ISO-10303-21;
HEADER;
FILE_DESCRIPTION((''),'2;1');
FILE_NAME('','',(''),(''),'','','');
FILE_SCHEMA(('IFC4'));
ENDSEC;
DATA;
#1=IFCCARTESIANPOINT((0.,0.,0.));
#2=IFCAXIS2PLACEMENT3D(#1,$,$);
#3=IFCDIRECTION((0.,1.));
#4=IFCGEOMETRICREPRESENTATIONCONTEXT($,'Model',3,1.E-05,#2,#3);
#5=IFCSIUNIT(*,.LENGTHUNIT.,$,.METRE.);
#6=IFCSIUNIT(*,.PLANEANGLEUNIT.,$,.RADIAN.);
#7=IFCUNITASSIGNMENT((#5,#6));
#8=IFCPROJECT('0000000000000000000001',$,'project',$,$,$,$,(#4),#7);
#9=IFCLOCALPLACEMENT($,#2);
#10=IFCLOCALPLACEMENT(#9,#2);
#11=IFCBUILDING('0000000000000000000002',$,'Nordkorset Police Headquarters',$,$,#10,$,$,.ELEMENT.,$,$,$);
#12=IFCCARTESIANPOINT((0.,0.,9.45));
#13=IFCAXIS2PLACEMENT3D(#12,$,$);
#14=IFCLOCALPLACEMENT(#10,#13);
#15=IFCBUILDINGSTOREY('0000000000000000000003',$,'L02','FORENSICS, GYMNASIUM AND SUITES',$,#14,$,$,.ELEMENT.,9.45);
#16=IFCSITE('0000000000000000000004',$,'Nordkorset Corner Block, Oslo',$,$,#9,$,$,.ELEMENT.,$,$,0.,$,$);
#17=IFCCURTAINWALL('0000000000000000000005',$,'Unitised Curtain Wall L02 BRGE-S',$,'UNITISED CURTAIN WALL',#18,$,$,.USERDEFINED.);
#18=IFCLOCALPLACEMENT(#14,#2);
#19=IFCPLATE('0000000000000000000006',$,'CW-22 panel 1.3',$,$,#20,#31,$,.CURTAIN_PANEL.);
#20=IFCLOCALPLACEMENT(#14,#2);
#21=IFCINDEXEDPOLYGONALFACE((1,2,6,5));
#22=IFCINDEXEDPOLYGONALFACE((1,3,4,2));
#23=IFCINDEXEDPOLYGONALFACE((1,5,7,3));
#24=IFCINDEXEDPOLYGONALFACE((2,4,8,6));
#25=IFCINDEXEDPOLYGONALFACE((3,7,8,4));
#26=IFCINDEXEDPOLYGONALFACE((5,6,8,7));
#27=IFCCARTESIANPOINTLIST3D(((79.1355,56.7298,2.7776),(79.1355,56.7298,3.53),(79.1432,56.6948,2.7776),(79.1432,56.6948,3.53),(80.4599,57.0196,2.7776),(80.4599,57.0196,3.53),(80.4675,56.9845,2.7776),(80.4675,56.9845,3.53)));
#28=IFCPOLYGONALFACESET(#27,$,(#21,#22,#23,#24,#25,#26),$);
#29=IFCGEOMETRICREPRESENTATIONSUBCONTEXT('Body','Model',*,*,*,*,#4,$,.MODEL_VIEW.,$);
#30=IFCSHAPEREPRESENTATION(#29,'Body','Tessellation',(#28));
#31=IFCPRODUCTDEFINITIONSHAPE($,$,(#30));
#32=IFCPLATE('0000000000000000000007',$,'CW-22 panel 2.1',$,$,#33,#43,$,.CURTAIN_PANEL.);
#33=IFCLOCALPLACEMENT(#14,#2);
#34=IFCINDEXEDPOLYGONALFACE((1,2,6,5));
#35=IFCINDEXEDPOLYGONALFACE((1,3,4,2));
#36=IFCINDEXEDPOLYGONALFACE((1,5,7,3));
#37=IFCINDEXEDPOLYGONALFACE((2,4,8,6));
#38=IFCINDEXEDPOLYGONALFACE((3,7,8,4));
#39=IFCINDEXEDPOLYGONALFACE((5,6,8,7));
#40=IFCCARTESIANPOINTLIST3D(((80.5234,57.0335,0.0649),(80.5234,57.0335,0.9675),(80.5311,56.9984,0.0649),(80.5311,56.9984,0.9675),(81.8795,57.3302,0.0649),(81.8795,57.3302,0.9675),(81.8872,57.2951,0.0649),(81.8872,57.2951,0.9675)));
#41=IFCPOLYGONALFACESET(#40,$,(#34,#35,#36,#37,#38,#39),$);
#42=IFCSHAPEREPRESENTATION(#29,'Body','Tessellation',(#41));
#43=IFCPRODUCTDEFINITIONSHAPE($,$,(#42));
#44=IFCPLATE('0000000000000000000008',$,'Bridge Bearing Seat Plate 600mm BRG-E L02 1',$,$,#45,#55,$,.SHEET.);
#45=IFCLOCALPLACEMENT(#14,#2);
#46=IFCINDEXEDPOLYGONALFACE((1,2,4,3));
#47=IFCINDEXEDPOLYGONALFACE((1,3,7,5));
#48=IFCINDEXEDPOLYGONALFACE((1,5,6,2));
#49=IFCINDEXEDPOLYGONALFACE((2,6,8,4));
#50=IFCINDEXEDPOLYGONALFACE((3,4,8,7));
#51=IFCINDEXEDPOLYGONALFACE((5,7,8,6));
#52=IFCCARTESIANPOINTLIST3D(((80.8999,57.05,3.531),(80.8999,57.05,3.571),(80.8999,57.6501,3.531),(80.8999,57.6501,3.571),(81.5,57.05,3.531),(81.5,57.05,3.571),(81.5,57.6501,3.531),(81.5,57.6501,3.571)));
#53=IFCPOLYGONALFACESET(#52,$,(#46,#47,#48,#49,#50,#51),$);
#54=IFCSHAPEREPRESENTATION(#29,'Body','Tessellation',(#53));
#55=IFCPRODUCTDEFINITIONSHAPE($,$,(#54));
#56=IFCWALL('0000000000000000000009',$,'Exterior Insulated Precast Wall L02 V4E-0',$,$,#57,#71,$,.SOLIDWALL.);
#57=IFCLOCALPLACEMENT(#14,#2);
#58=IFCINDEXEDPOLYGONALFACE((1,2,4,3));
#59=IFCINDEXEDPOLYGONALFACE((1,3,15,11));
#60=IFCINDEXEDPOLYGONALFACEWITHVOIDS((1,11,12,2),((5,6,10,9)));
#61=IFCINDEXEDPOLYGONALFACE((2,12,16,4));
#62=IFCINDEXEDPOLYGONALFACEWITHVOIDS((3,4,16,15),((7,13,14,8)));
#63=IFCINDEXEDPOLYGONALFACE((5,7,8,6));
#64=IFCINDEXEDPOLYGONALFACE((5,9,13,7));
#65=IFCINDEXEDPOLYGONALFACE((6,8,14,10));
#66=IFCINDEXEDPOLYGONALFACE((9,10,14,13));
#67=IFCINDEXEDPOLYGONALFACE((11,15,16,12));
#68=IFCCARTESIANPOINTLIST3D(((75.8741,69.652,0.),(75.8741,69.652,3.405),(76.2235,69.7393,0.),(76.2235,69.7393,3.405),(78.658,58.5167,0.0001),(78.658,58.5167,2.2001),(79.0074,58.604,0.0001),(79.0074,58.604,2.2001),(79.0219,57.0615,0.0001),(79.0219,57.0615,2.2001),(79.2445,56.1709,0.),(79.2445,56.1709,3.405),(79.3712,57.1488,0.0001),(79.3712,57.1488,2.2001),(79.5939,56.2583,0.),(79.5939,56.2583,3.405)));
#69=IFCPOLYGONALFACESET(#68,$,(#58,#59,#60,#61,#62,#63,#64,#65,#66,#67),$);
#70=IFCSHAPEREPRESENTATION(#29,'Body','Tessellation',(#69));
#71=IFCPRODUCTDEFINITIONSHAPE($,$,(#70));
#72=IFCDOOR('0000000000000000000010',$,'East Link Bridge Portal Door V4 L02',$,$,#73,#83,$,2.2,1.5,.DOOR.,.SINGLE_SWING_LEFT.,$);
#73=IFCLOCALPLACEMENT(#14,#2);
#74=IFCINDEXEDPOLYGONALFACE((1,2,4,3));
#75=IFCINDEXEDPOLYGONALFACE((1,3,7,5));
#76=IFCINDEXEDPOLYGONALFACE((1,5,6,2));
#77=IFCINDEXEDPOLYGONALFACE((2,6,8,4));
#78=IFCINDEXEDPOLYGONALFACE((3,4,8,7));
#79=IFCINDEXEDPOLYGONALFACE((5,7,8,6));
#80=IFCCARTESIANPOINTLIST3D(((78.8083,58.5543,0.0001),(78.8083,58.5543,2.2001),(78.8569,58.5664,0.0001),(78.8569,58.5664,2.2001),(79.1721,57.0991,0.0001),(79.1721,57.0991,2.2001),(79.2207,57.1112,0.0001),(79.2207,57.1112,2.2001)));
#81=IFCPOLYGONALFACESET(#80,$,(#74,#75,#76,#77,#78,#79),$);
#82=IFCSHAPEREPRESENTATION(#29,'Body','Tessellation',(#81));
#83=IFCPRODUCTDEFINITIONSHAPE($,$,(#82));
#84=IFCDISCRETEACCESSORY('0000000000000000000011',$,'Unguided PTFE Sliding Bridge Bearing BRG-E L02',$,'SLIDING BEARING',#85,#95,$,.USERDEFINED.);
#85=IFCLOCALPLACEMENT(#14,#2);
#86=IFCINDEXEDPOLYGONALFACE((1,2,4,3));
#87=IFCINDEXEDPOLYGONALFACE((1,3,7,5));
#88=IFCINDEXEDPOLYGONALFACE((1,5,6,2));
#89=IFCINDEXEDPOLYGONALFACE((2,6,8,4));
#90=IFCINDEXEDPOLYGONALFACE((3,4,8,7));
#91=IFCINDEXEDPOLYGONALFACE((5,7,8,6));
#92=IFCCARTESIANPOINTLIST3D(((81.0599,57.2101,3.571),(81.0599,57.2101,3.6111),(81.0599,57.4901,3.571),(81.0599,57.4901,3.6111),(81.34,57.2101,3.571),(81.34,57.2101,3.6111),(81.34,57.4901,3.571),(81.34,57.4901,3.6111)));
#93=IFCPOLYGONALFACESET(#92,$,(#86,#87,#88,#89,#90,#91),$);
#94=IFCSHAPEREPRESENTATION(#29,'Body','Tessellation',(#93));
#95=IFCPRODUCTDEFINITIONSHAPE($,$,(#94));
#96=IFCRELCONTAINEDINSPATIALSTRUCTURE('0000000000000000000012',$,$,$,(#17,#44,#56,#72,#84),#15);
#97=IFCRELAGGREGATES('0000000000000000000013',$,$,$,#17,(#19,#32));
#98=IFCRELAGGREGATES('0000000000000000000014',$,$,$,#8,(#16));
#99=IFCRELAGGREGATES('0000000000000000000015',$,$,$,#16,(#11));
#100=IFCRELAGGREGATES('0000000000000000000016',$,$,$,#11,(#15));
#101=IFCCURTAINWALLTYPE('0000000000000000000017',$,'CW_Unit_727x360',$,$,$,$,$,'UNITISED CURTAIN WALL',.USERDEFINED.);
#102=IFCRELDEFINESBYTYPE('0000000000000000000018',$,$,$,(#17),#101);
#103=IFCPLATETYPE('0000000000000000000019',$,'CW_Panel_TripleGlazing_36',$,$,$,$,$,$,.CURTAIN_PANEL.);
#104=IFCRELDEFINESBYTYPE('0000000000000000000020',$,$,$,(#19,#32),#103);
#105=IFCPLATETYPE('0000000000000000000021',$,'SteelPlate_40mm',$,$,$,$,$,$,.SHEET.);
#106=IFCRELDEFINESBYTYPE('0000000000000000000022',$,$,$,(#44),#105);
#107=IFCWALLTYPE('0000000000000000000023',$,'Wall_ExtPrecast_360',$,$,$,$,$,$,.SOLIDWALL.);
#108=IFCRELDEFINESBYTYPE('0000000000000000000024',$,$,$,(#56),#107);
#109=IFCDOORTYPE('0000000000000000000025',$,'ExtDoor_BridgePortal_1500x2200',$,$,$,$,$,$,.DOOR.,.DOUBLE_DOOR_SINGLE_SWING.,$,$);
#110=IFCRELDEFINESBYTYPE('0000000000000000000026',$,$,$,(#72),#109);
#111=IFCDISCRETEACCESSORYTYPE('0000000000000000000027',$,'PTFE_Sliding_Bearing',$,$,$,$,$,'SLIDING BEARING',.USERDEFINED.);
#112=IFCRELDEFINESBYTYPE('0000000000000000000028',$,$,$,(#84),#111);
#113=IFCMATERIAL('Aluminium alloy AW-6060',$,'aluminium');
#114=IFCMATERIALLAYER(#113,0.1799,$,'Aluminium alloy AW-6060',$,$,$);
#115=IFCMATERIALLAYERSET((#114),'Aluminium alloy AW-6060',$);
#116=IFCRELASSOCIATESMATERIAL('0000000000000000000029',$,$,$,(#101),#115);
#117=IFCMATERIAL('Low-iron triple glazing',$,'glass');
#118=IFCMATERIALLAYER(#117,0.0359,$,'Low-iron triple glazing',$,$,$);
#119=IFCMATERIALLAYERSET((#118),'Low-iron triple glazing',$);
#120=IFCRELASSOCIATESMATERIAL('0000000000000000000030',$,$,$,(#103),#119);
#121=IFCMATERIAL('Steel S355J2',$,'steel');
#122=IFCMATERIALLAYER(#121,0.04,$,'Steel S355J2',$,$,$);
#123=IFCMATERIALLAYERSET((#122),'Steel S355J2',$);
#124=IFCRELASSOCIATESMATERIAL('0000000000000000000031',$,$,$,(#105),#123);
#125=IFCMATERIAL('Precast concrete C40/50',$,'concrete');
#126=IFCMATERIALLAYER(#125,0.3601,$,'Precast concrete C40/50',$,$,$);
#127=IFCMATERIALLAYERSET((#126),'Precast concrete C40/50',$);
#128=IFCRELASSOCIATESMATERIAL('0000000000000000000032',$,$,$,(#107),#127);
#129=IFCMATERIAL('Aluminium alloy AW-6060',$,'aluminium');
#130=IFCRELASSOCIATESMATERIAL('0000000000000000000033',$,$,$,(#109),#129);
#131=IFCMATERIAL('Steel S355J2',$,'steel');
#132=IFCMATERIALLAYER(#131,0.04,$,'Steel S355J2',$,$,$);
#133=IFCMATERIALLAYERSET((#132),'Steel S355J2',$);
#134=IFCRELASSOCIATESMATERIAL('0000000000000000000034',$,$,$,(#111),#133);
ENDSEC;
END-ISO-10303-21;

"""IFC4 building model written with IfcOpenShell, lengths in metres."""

from ifc_helpers import new_model, si_unit, direction, frame, frame_2d, origin, origin_2d, place, context, subcontext, project, spatial, rectangle, extrude, material, layer, layer_set, type_object, element, fill, aggregate, save


model = new_model("IFC4")

# Units and contexts
model_context = context("Model", 3, precision=1e-05, world=origin(), true_north=direction((0.0, 1.0)))
body_context = subcontext(model_context, "Body", "Model", "MODEL_VIEW")
ifc_project = project(units=[si_unit("LENGTHUNIT", "METRE"), si_unit("PLANEANGLEUNIT", "RADIAN")], contexts=[model_context])

# Site, building, storey
site_placement = place(None, origin())
site = spatial("IfcSite", under=ifc_project, at=site_placement, Name="Nordkorset Corner Block, Oslo", CompositionType="ELEMENT", RefElevation=0.0)
building_placement = place(site_placement, origin())
building = spatial("IfcBuilding", under=site, at=building_placement, Name="Nordkorset Police Headquarters", CompositionType="ELEMENT")
storey_placement = place(building_placement, frame((0.0, 0.0, 9.45)))
storey = spatial("IfcBuildingStorey", under=building, at=storey_placement, Name="L02", Description="FORENSICS, GYMNASIUM AND SUITES", CompositionType="ELEMENT", Elevation=9.45)

# Curtain wall
ifc_material_1 = material(Name="Aluminium alloy AW-6060", Category="aluminium")
ifc_layer_1 = layer(ifc_material_1, 0.1799, Name="Aluminium alloy AW-6060")
ifc_layer_set_1 = layer_set([ifc_layer_1], Name="Aluminium alloy AW-6060")
curtain_wall_type_1 = type_object("IfcCurtainWallType", Name="CW_Unit_727x360", ElementType="UNITISED CURTAIN WALL", PredefinedType="USERDEFINED", material=ifc_layer_set_1)
curtain_wall_1_placement = place(storey_placement, origin())
curtain_wall_1 = element("IfcCurtainWall", 1, at=curtain_wall_1_placement, inside=storey, type_object=curtain_wall_type_1, Name="Unitised Curtain Wall L02 BRGE-S", ObjectType="UNITISED CURTAIN WALL", PredefinedType="USERDEFINED")

# Plates
ifc_material_2 = material(Name="Low-iron triple glazing", Category="glass")
ifc_layer_2 = layer(ifc_material_2, 0.0359, Name="Low-iron triple glazing")
ifc_layer_set_2 = layer_set([ifc_layer_2], Name="Low-iron triple glazing")
plate_type_1 = type_object("IfcPlateType", Name="CW_Panel_TripleGlazing_36", PredefinedType="CURTAIN_PANEL", material=ifc_layer_set_2)
plate_1_placement = place(storey_placement, frame((79.8015, 56.8572, 2.7776), z_axis=(0.0, 0.0, 1.0), x_axis=(0.976891, 0.213737, 0.0)))
plate_1 = element("IfcPlate", 2, at=plate_1_placement, type_object=plate_type_1, Name="CW-22 panel 1.3", PredefinedType="CURTAIN_PANEL", context=body_context, shape_type="SweptSolid", body=[
    extrude(rectangle(XDim=1.3557, YDim=0.0359, at=origin_2d()), origin(), (0.0, 0.0, 1.0), 0.7524),
])
plate_2_placement = place(storey_placement, frame((81.2053, 57.1643, 0.0649), z_axis=(0.0, 0.0, 1.0), x_axis=(0.976891, 0.213737, 0.0)))
plate_2 = element("IfcPlate", 3, at=plate_2_placement, type_object=plate_type_1, Name="CW-22 panel 2.1", PredefinedType="CURTAIN_PANEL", context=body_context, shape_type="SweptSolid", body=[
    extrude(rectangle(XDim=1.3882, YDim=0.0359, at=origin_2d()), origin(), (0.0, 0.0, 1.0), 0.9026),
])
aggregate(curtain_wall_1, [plate_1, plate_2])
ifc_material_3 = material(Name="Steel S355J2", Category="steel")
ifc_layer_3 = layer(ifc_material_3, 0.04, Name="Steel S355J2")
ifc_layer_set_3 = layer_set([ifc_layer_3], Name="Steel S355J2")
plate_type_2 = type_object("IfcPlateType", Name="SteelPlate_40mm", PredefinedType="SHEET", material=ifc_layer_set_3)
plate_3_placement = place(storey_placement, frame((81.2, 57.3501, 3.531), z_axis=(0.0, 0.0, 1.0), x_axis=(1.0, 0.0, 0.0)))
element("IfcPlate", 4, at=plate_3_placement, inside=storey, type_object=plate_type_2, Name="Bridge Bearing Seat Plate 600mm BRG-E L02 1", PredefinedType="SHEET", context=body_context, shape_type="SweptSolid", body=[
    extrude(rectangle(XDim=0.6001, YDim=0.6001, at=origin_2d()), origin(), (0.0, 0.0, 1.0), 0.04),
])

# Wall, opening, door
ifc_material_4 = material(Name="Precast concrete C40/50", Category="concrete")
ifc_layer_4 = layer(ifc_material_4, 0.3601, Name="Precast concrete C40/50")
ifc_layer_set_4 = layer_set([ifc_layer_4], Name="Precast concrete C40/50")
wall_type = type_object("IfcWallType", Name="Wall_ExtPrecast_360", PredefinedType="SOLIDWALL", material=ifc_layer_set_4)
wall_placement = place(storey_placement, frame((79.4192, 56.2146, 0.0), z_axis=(0.0, 0.0, 1.0), x_axis=(-0.242544, 0.97014, 0.0)))
wall = element("IfcWall", 5, at=wall_placement, inside=storey, type_object=wall_type, Name="Exterior Insulated Precast Wall L02 V4E-0", PredefinedType="SOLIDWALL", context=body_context, shape_type="SweptSolid", body=[
    extrude(rectangle(XDim=13.896, YDim=0.3601, at=frame_2d((6.948, 0.0))), origin(), (0.0, 0.0, 1.0), 3.405),
])
opening_placement = place(wall_placement, frame((0.918, 0.0, 0.0)))
opening = element("IfcOpeningElement", 6, at=opening_placement, cuts=wall, PredefinedType="OPENING", context=body_context, shape_type="SweptSolid", body=[
    extrude(rectangle(XDim=1.5, YDim=2.2, at=frame_2d((0.75, 1.1001))), frame((0.0, 0.1899, 0.0), z_axis=(0.0, -1.0, 0.0), x_axis=(1.0, 0.0, 0.0)), (0.0, 0.0, 1.0), 0.3801),
])
ifc_material_5 = material(Name="Aluminium alloy AW-6060", Category="aluminium")
door_type = type_object("IfcDoorType", Name="ExtDoor_BridgePortal_1500x2200", OperationType="DOUBLE_DOOR_SINGLE_SWING", PredefinedType="DOOR", material=ifc_material_5)
door_placement = place(opening_placement, frame((1.5, 0.0, 0.0), z_axis=(0.0, 0.0, 1.0), x_axis=(-1.0, 0.0, 0.0)))
door = element("IfcDoor", 7, at=door_placement, inside=storey, type_object=door_type, Name="East Link Bridge Portal Door V4 L02", OperationType="SINGLE_SWING_LEFT", OverallHeight=2.2, OverallWidth=1.5, PredefinedType="DOOR", context=body_context, shape_type="SweptSolid", body=[
    extrude(rectangle(XDim=1.5, YDim=2.2, at=frame_2d((0.75, 1.1001))), frame((0.0, 0.0249, 0.0), z_axis=(0.0, -1.0, 0.0), x_axis=(1.0, 0.0, 0.0)), (0.0, 0.0, 1.0), 0.05),
])
fill(opening, door)

# Discrete accessory
ifc_material_6 = material(Name="Steel S355J2", Category="steel")
ifc_layer_5 = layer(ifc_material_6, 0.04, Name="Steel S355J2")
ifc_layer_set_5 = layer_set([ifc_layer_5], Name="Steel S355J2")
discrete_accessory_type = type_object("IfcDiscreteAccessoryType", Name="PTFE_Sliding_Bearing", ElementType="SLIDING BEARING", PredefinedType="USERDEFINED", material=ifc_layer_set_5)
discrete_accessory_placement = place(storey_placement, frame((81.2, 57.3501, 3.571), z_axis=(0.0, 0.0, 1.0), x_axis=(1.0, 0.0, 0.0)))
element("IfcDiscreteAccessory", 8, at=discrete_accessory_placement, inside=storey, type_object=discrete_accessory_type, Name="Unguided PTFE Sliding Bridge Bearing BRG-E L02", ObjectType="SLIDING BEARING", PredefinedType="USERDEFINED", context=body_context, shape_type="SweptSolid", body=[
    extrude(rectangle(XDim=0.28, YDim=0.28, at=origin_2d()), origin(), (0.0, 0.0, 1.0), 0.04),
])

save(model, "model.ifc")
